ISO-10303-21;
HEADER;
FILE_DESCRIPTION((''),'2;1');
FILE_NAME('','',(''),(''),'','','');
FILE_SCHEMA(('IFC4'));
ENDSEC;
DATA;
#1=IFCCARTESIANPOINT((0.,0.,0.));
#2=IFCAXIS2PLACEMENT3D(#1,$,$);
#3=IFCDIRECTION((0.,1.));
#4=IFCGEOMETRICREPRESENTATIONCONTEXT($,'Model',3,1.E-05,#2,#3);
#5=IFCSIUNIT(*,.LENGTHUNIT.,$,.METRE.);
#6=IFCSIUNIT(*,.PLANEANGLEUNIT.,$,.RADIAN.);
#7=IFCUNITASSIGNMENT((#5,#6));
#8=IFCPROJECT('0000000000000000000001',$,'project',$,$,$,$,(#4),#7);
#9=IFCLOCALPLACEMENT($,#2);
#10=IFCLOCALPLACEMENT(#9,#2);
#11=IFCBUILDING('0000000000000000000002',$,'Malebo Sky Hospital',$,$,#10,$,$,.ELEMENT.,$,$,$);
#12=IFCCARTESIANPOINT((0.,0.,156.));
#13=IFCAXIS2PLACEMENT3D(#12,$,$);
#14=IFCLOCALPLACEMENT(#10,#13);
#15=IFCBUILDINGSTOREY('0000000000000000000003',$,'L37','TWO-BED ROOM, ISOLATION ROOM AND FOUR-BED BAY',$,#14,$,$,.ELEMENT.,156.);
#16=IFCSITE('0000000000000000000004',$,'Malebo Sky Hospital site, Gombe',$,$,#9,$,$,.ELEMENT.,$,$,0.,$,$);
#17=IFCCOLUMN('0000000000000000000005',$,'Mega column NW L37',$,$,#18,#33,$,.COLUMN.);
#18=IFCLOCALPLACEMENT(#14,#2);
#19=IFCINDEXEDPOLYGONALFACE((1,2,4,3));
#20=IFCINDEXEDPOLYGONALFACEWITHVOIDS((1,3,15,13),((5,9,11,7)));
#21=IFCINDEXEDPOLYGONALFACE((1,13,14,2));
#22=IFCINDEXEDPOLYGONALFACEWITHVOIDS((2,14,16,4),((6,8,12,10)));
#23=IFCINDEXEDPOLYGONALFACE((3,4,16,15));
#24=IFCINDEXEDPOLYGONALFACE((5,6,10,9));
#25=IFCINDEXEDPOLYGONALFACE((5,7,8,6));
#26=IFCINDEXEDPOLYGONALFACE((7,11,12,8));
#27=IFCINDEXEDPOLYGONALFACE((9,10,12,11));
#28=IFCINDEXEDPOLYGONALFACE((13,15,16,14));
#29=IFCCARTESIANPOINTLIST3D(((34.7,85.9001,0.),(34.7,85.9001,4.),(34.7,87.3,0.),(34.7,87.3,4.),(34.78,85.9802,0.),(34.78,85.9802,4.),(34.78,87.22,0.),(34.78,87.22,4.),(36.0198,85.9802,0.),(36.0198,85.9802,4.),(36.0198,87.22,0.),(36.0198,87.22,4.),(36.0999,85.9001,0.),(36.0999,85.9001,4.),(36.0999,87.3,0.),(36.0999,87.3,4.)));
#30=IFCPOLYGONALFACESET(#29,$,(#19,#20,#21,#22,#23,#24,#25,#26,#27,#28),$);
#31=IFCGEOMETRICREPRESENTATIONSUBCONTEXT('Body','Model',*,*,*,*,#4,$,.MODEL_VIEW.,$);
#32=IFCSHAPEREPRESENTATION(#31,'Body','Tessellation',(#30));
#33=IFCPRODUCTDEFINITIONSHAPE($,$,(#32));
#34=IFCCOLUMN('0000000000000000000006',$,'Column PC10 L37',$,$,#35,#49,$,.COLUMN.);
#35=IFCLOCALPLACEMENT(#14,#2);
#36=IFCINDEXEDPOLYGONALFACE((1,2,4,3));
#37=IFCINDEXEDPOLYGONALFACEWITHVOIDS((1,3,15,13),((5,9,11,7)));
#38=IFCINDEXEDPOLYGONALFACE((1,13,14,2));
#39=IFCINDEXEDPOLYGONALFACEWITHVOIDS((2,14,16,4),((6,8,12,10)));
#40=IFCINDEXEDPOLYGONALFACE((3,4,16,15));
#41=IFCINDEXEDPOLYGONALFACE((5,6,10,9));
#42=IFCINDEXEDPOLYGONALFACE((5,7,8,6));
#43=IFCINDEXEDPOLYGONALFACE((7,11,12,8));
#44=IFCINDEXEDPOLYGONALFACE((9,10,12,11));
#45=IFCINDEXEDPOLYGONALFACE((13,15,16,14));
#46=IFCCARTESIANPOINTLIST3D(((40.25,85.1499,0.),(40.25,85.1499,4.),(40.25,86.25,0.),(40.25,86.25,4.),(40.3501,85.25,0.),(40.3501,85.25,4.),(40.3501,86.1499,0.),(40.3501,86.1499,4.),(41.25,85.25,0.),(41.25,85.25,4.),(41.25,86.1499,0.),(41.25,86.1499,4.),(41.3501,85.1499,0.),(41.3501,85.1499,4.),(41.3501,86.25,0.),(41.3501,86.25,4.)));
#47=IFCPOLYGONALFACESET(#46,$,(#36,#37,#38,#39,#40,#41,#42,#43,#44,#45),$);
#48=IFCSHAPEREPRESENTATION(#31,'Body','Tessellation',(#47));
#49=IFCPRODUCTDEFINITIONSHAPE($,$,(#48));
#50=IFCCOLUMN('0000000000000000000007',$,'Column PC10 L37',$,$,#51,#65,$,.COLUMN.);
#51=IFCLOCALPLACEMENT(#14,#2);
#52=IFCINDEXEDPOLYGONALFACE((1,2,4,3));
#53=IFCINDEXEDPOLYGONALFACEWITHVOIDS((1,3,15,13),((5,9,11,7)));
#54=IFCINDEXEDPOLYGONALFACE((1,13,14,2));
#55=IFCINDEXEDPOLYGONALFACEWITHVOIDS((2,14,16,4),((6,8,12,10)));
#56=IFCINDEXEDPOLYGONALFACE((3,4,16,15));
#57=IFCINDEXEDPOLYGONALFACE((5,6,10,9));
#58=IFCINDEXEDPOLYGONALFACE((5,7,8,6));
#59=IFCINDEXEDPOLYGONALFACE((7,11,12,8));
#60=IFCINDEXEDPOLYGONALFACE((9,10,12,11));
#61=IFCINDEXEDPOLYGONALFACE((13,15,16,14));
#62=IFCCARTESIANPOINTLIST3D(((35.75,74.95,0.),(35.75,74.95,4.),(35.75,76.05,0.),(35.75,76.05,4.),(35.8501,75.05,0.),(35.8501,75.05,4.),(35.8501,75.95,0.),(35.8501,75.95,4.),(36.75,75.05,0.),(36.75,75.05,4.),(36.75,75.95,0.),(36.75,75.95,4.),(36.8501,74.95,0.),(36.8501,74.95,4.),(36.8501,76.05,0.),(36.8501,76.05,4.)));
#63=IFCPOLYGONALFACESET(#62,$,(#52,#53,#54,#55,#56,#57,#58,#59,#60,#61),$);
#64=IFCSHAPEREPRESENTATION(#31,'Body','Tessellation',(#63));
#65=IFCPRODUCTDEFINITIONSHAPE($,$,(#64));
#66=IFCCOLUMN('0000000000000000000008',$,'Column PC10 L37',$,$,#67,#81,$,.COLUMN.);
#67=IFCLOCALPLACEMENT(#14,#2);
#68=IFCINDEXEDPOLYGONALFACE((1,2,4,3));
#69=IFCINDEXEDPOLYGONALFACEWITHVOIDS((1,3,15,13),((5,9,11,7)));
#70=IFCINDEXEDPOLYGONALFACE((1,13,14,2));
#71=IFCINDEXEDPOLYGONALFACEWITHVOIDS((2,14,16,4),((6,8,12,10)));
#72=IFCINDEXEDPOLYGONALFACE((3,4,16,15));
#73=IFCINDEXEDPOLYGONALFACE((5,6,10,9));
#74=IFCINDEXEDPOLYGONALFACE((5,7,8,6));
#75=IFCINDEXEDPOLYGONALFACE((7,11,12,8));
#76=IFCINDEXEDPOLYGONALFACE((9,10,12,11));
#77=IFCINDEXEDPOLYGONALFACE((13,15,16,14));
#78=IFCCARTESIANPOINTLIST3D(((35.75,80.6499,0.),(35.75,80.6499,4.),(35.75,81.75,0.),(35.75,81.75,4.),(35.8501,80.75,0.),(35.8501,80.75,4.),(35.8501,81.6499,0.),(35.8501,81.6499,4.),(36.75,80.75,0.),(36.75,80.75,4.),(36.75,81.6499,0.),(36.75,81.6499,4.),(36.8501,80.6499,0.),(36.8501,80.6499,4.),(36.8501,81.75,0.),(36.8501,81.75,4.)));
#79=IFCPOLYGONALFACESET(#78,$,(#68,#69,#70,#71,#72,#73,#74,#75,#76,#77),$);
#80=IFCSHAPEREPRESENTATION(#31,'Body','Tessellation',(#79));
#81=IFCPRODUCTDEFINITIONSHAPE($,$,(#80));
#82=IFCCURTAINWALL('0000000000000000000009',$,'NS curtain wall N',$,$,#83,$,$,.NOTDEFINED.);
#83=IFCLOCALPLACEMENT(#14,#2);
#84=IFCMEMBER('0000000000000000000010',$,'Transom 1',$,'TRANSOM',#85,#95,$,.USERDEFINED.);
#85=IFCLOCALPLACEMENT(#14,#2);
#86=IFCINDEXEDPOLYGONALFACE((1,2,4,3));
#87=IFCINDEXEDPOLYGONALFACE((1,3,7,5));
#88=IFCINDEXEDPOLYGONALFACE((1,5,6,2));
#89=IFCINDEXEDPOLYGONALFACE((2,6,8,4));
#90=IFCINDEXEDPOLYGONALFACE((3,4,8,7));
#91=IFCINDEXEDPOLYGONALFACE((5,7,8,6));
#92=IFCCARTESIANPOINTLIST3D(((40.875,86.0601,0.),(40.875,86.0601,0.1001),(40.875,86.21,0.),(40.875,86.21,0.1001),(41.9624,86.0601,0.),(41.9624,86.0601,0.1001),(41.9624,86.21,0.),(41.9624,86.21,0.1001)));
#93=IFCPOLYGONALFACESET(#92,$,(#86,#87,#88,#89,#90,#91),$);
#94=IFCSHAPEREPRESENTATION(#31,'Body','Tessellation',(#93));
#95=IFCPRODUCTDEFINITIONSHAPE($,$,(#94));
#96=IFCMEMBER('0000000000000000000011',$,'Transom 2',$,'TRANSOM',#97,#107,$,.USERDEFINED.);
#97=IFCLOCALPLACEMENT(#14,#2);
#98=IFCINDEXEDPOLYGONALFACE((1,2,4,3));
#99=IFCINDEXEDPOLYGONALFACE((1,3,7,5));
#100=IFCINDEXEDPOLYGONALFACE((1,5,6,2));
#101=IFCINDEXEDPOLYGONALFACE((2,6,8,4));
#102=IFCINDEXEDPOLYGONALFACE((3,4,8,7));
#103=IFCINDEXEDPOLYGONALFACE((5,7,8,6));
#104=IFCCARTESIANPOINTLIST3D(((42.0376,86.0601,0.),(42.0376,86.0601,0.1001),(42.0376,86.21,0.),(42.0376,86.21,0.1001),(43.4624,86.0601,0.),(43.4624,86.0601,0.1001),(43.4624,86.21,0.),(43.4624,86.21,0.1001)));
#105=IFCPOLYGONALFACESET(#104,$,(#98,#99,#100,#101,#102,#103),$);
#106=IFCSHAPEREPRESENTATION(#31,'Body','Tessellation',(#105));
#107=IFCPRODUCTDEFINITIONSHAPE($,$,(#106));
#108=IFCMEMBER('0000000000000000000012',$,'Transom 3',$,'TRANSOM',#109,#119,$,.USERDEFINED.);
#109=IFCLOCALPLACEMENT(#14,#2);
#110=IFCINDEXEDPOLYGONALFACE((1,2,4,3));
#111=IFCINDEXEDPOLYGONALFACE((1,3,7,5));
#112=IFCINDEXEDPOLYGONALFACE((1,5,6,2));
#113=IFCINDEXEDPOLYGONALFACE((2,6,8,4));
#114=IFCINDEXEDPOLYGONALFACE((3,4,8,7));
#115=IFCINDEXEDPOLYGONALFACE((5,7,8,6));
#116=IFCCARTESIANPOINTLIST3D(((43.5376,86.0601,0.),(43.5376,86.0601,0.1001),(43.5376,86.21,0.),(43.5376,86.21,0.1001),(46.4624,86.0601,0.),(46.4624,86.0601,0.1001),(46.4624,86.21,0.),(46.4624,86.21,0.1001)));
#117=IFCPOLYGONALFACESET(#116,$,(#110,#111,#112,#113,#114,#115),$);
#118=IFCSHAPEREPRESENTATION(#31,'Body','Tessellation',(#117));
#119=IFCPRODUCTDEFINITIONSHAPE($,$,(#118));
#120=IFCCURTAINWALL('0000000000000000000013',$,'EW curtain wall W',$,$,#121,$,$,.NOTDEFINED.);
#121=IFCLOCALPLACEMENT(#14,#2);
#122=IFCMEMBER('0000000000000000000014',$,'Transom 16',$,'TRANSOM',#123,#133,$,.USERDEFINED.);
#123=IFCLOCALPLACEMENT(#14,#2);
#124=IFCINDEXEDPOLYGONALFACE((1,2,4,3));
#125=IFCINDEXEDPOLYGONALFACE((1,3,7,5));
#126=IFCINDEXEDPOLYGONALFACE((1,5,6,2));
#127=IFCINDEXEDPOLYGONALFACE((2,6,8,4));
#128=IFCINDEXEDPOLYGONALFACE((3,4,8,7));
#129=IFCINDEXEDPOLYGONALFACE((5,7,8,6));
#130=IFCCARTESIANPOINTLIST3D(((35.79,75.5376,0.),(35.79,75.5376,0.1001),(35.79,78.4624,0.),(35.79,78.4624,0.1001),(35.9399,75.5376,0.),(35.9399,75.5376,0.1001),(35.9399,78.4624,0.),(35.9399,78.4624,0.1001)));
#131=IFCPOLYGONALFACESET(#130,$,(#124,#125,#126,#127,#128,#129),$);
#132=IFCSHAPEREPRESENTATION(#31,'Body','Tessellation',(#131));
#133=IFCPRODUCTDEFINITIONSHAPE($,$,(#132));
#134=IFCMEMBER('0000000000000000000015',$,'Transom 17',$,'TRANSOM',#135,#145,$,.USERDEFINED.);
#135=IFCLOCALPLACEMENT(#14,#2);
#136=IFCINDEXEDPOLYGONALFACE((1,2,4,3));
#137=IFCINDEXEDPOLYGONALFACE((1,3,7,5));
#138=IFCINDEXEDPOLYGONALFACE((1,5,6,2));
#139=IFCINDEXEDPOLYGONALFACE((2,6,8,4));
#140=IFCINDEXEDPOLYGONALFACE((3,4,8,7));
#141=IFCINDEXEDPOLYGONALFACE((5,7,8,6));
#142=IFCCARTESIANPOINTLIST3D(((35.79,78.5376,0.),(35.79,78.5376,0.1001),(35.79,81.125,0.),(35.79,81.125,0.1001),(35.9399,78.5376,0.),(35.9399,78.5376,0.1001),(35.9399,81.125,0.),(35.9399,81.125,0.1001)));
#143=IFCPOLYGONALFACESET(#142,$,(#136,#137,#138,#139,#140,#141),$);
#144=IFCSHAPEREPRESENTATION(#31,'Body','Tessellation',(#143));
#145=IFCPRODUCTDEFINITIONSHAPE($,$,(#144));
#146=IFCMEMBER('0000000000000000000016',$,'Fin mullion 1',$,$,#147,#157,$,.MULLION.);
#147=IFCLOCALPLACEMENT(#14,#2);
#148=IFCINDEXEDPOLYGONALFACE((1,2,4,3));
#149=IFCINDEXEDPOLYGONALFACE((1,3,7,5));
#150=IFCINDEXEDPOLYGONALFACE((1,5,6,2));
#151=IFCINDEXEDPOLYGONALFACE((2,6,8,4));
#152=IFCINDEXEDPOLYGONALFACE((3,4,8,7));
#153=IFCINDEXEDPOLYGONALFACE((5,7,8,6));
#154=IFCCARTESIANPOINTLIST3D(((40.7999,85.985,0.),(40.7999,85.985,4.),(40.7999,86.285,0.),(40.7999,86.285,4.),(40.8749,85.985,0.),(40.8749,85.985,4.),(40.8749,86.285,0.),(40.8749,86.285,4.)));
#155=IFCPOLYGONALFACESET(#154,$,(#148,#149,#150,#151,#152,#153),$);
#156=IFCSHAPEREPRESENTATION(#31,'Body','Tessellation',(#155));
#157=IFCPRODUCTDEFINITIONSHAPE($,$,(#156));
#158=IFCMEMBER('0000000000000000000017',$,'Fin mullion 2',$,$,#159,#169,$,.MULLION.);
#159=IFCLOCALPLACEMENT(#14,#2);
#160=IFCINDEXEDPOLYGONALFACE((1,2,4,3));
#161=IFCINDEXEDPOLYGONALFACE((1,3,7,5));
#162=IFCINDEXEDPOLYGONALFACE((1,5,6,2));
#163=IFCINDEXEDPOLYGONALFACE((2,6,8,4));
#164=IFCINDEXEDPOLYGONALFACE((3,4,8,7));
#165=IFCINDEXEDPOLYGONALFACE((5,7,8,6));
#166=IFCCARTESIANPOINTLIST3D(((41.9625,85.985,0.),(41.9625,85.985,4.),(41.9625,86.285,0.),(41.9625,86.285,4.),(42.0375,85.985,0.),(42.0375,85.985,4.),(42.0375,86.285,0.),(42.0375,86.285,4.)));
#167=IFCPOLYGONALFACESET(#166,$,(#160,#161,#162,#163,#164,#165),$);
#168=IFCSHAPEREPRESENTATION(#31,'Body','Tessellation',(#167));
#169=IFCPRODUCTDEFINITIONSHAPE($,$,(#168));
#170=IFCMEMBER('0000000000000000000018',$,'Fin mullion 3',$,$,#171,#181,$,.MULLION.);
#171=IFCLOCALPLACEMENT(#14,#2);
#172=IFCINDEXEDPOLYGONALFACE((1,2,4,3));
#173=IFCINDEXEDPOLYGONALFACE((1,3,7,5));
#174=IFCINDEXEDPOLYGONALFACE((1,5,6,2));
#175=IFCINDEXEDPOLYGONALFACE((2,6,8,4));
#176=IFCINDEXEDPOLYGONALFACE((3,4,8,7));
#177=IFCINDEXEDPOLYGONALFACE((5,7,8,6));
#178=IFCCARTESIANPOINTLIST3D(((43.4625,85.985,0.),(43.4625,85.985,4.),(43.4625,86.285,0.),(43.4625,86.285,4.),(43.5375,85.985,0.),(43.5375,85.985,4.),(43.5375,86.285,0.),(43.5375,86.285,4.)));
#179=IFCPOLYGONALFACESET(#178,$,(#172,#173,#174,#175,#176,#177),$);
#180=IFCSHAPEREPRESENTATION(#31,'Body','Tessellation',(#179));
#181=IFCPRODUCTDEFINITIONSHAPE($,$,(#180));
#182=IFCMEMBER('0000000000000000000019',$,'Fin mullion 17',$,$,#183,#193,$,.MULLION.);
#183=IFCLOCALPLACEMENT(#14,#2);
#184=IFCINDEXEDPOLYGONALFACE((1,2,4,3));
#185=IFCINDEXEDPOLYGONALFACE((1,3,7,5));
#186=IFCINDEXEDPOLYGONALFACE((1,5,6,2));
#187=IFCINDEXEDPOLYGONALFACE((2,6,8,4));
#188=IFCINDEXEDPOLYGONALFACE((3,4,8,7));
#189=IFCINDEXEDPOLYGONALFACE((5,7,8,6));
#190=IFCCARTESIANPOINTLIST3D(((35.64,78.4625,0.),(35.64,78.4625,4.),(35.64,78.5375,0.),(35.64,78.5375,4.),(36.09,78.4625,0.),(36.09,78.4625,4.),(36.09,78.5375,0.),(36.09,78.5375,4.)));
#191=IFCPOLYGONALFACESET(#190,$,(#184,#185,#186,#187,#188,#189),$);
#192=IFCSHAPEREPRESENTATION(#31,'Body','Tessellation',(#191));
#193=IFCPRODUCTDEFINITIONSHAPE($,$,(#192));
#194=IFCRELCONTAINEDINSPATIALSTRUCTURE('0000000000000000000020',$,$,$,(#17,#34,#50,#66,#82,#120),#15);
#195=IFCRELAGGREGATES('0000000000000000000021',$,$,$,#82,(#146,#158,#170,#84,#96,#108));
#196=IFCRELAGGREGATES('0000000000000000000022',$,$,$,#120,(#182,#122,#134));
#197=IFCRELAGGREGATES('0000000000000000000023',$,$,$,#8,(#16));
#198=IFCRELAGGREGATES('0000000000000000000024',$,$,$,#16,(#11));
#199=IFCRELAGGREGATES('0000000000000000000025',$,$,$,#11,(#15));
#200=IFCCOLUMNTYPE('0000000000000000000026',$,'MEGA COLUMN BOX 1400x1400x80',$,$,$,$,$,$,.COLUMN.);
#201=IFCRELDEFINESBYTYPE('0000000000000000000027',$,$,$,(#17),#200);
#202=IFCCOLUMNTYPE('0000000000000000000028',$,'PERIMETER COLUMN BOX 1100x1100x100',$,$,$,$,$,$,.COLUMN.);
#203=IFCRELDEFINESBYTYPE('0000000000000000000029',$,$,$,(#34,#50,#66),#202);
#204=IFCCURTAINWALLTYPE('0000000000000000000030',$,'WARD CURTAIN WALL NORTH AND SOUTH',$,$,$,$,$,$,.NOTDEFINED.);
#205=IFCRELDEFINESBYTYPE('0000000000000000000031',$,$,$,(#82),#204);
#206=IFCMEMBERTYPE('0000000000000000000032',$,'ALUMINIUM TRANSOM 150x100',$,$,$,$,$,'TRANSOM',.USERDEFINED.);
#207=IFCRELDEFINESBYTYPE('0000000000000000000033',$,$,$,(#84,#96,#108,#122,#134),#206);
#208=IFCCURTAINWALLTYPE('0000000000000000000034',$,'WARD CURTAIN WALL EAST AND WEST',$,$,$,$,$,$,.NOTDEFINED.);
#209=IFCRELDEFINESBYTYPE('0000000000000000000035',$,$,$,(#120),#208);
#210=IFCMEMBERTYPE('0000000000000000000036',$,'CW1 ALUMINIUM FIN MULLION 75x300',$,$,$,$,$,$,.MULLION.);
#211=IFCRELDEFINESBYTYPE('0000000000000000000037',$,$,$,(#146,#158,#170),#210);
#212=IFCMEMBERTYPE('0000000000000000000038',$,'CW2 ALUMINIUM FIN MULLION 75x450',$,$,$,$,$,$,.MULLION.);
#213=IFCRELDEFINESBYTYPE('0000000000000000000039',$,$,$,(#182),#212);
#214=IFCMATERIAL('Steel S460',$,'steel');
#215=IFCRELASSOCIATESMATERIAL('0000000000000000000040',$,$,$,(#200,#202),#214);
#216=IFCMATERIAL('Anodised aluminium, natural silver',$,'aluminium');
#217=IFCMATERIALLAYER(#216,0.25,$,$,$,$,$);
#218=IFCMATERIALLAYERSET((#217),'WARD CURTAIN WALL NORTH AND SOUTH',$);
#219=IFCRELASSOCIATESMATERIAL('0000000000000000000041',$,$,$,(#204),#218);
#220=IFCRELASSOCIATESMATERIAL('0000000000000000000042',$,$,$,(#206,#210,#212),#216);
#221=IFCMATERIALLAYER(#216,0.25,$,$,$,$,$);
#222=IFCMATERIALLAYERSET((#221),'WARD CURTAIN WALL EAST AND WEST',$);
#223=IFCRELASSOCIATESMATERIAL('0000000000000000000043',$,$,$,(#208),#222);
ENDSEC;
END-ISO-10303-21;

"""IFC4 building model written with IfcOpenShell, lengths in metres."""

from ifc_helpers import new_model, si_unit, direction, frame, origin, origin_2d, place, context, subcontext, project, spatial, rectangle, hollow_rectangle, extrude, material, layer, layer_set, material_profile, profile_set, type_object, element, aggregate, save


model = new_model("IFC4")

# Units and contexts
model_context = context("Model", 3, precision=1e-05, world=origin(), true_north=direction((0.0, 1.0)))
body_context = subcontext(model_context, "Body", "Model", "MODEL_VIEW")
ifc_project = project(units=[si_unit("LENGTHUNIT", "METRE"), si_unit("PLANEANGLEUNIT", "RADIAN")], contexts=[model_context])

# Site, building, storey
site_placement = place(None, origin())
site = spatial("IfcSite", under=ifc_project, at=site_placement, Name="Malebo Sky Hospital site, Gombe", CompositionType="ELEMENT", RefElevation=0.0)
building_placement = place(site_placement, origin())
building = spatial("IfcBuilding", under=site, at=building_placement, Name="Malebo Sky Hospital", CompositionType="ELEMENT")
storey_placement = place(building_placement, frame((0.0, 0.0, 156.0)))
storey = spatial("IfcBuildingStorey", under=building, at=storey_placement, Name="L37", Description="TWO-BED ROOM, ISOLATION ROOM AND FOUR-BED BAY", CompositionType="ELEMENT", Elevation=156.0)

# Columns
ifc_material_1 = material(Name="Steel S460", Category="steel")
ifc_material_profile_1 = material_profile(ifc_material_1, hollow_rectangle(XDim=1.3999, YDim=1.3999, WallThickness=0.0801, at=origin_2d()), Name="BOX 1400x1400x80")
ifc_profile_set_1 = profile_set([ifc_material_profile_1], Name="Steel S460")
column_type_1 = type_object("IfcColumnType", Name="MEGA COLUMN BOX 1400x1400x80", PredefinedType="COLUMN", material=ifc_profile_set_1)
column_placement = place(storey_placement, frame((35.3999, 86.6001, 0.0), z_axis=(0.0, 0.0, 1.0), x_axis=(1.0, 0.0, 0.0)))
element("IfcColumn", 1, at=column_placement, inside=storey, type_object=column_type_1, Name="Mega column NW L37", PredefinedType="COLUMN", context=body_context, shape_type="SweptSolid", body=[
    extrude(hollow_rectangle(XDim=1.3999, YDim=1.3999, WallThickness=0.0801, at=origin_2d()), origin(), (0.0, 0.0, 1.0), 4.0),
])
ifc_material_profile_2 = material_profile(ifc_material_1, hollow_rectangle(XDim=1.1001, YDim=1.1001, WallThickness=0.1001, at=origin_2d()), Name="BOX 1100x1100x100")
ifc_profile_set_2 = profile_set([ifc_material_profile_2], Name="Steel S460")
column_type_2 = type_object("IfcColumnType", Name="PERIMETER COLUMN BOX 1100x1100x100", PredefinedType="COLUMN", material=ifc_profile_set_2)
for number, where, z_axis, x_axis, name in (
    (2, (40.8, 85.7, 0.0), (0.0, 0.0, 1.0), (1.0, 0.0, 0.0), "Column PC10 L37"),
    (3, (36.3, 75.5, 0.0), (0.0, 0.0, 1.0), (1.0, 0.0, 0.0), "Column PC10 L37"),
    (4, (36.3, 81.2, 0.0), (0.0, 0.0, 1.0), (1.0, 0.0, 0.0), "Column PC10 L37"),
):
    element("IfcColumn", number, at=place(storey_placement, frame(where, z_axis=z_axis, x_axis=x_axis)), inside=storey, type_object=column_type_2, Name=name, PredefinedType="COLUMN", context=body_context, shape_type="SweptSolid", body=[
        extrude(hollow_rectangle(XDim=1.1001, YDim=1.1001, WallThickness=0.1001, at=origin_2d()), origin(), (0.0, 0.0, 1.0), 4.0),
    ])

# Curtain walls, members
ifc_material_2 = material(Name="Anodised aluminium, natural silver", Category="aluminium")
ifc_layer_1 = layer(ifc_material_2, 0.25)
ifc_layer_set_1 = layer_set([ifc_layer_1], Name="WARD CURTAIN WALL NORTH AND SOUTH")
curtain_wall_type_1 = type_object("IfcCurtainWallType", Name="WARD CURTAIN WALL NORTH AND SOUTH", PredefinedType="NOTDEFINED", material=ifc_layer_set_1)
curtain_wall_1_placement = place(storey_placement, origin())
curtain_wall_1 = element("IfcCurtainWall", 5, at=curtain_wall_1_placement, inside=storey, type_object=curtain_wall_type_1, Name="NS curtain wall N", PredefinedType="NOTDEFINED")
ifc_material_profile_3 = material_profile(ifc_material_2, rectangle(XDim=0.1499, YDim=0.1001, at=origin_2d()), Name="ALUMINIUM TRANSOM 150x100")
ifc_profile_set_3 = profile_set([ifc_material_profile_3], Name="Anodised aluminium, natural silver")
member_type_1 = type_object("IfcMemberType", Name="ALUMINIUM TRANSOM 150x100", ElementType="TRANSOM", PredefinedType="USERDEFINED", material=ifc_profile_set_3)
member_1_placement = place(storey_placement, frame((40.875, 86.135, 0.05), z_axis=(1.0, 0.0, 0.0), x_axis=(0.0, 1.0, 0.0)))
member_1 = element("IfcMember", 6, at=member_1_placement, type_object=member_type_1, Name="Transom 1", ObjectType="TRANSOM", PredefinedType="USERDEFINED", context=body_context, shape_type="SweptSolid", body=[
    extrude(rectangle(XDim=0.1499, YDim=0.1001, at=origin_2d()), origin(), (0.0, 0.0, 1.0), 1.0874),
])
member_2_placement = place(storey_placement, frame((42.0376, 86.135, 0.05), z_axis=(1.0, 0.0, 0.0), x_axis=(0.0, 1.0, 0.0)))
member_2 = element("IfcMember", 7, at=member_2_placement, type_object=member_type_1, Name="Transom 2", ObjectType="TRANSOM", PredefinedType="USERDEFINED", context=body_context, shape_type="SweptSolid", body=[
    extrude(rectangle(XDim=0.1499, YDim=0.1001, at=origin_2d()), origin(), (0.0, 0.0, 1.0), 1.4248),
])
member_3_placement = place(storey_placement, frame((43.5376, 86.135, 0.05), z_axis=(1.0, 0.0, 0.0), x_axis=(0.0, 1.0, 0.0)))
member_3 = element("IfcMember", 8, at=member_3_placement, type_object=member_type_1, Name="Transom 3", ObjectType="TRANSOM", PredefinedType="USERDEFINED", context=body_context, shape_type="SweptSolid", body=[
    extrude(rectangle(XDim=0.1499, YDim=0.1001, at=origin_2d()), origin(), (0.0, 0.0, 1.0), 2.9248),
])
ifc_layer_2 = layer(ifc_material_2, 0.25)
ifc_layer_set_2 = layer_set([ifc_layer_2], Name="WARD CURTAIN WALL EAST AND WEST")
curtain_wall_type_2 = type_object("IfcCurtainWallType", Name="WARD CURTAIN WALL EAST AND WEST", PredefinedType="NOTDEFINED", material=ifc_layer_set_2)
curtain_wall_2_placement = place(storey_placement, origin())
curtain_wall_2 = element("IfcCurtainWall", 9, at=curtain_wall_2_placement, inside=storey, type_object=curtain_wall_type_2, Name="EW curtain wall W", PredefinedType="NOTDEFINED")
member_4_placement = place(storey_placement, frame((35.865, 75.5376, 0.05), z_axis=(0.0, 1.0, 0.0), x_axis=(-1.0, 0.0, 0.0)))
member_4 = element("IfcMember", 10, at=member_4_placement, type_object=member_type_1, Name="Transom 16", ObjectType="TRANSOM", PredefinedType="USERDEFINED", context=body_context, shape_type="SweptSolid", body=[
    extrude(rectangle(XDim=0.1499, YDim=0.1001, at=origin_2d()), origin(), (0.0, 0.0, 1.0), 2.9248),
])
member_5_placement = place(storey_placement, frame((35.865, 78.5376, 0.05), z_axis=(0.0, 1.0, 0.0), x_axis=(-1.0, 0.0, 0.0)))
member_5 = element("IfcMember", 11, at=member_5_placement, type_object=member_type_1, Name="Transom 17", ObjectType="TRANSOM", PredefinedType="USERDEFINED", context=body_context, shape_type="SweptSolid", body=[
    extrude(rectangle(XDim=0.1499, YDim=0.1001, at=origin_2d()), origin(), (0.0, 0.0, 1.0), 2.5874),
])

# Members
ifc_material_profile_4 = material_profile(ifc_material_2, rectangle(XDim=0.075, YDim=0.3, at=origin_2d()), Name="CW1 ALUMINIUM FIN MULLION 75x300")
ifc_profile_set_4 = profile_set([ifc_material_profile_4], Name="Anodised aluminium, natural silver")
member_type_2 = type_object("IfcMemberType", Name="CW1 ALUMINIUM FIN MULLION 75x300", PredefinedType="MULLION", material=ifc_profile_set_4)
member_6_placement = place(storey_placement, frame((40.8374, 86.135, 0.0), z_axis=(0.0, 0.0, 1.0), x_axis=(1.0, 0.0, 0.0)))
member_6 = element("IfcMember", 12, at=member_6_placement, type_object=member_type_2, Name="Fin mullion 1", PredefinedType="MULLION", context=body_context, shape_type="SweptSolid", body=[
    extrude(rectangle(XDim=0.075, YDim=0.3, at=origin_2d()), origin(), (0.0, 0.0, 1.0), 4.0),
])
member_7_placement = place(storey_placement, frame((42.0, 86.135, 0.0), z_axis=(0.0, 0.0, 1.0), x_axis=(1.0, 0.0, 0.0)))
member_7 = element("IfcMember", 13, at=member_7_placement, type_object=member_type_2, Name="Fin mullion 2", PredefinedType="MULLION", context=body_context, shape_type="SweptSolid", body=[
    extrude(rectangle(XDim=0.075, YDim=0.3, at=origin_2d()), origin(), (0.0, 0.0, 1.0), 4.0),
])
member_8_placement = place(storey_placement, frame((43.5, 86.135, 0.0), z_axis=(0.0, 0.0, 1.0), x_axis=(1.0, 0.0, 0.0)))
member_8 = element("IfcMember", 14, at=member_8_placement, type_object=member_type_2, Name="Fin mullion 3", PredefinedType="MULLION", context=body_context, shape_type="SweptSolid", body=[
    extrude(rectangle(XDim=0.075, YDim=0.3, at=origin_2d()), origin(), (0.0, 0.0, 1.0), 4.0),
])
ifc_material_profile_5 = material_profile(ifc_material_2, rectangle(XDim=0.075, YDim=0.45, at=origin_2d()), Name="CW2 ALUMINIUM FIN MULLION 75x450")
ifc_profile_set_5 = profile_set([ifc_material_profile_5], Name="Anodised aluminium, natural silver")
member_type_3 = type_object("IfcMemberType", Name="CW2 ALUMINIUM FIN MULLION 75x450", PredefinedType="MULLION", material=ifc_profile_set_5)
member_9_placement = place(storey_placement, frame((35.865, 78.5, 0.0), z_axis=(0.0, 0.0, 1.0), x_axis=(0.0, 1.0, 0.0)))
member_9 = element("IfcMember", 15, at=member_9_placement, type_object=member_type_3, Name="Fin mullion 17", PredefinedType="MULLION", context=body_context, shape_type="SweptSolid", body=[
    extrude(rectangle(XDim=0.075, YDim=0.45, at=origin_2d()), origin(), (0.0, 0.0, 1.0), 4.0),
])

aggregate(curtain_wall_1, [member_6, member_7, member_8, member_1, member_2, member_3])
aggregate(curtain_wall_2, [member_9, member_4, member_5])

save(model, "model.ifc")
